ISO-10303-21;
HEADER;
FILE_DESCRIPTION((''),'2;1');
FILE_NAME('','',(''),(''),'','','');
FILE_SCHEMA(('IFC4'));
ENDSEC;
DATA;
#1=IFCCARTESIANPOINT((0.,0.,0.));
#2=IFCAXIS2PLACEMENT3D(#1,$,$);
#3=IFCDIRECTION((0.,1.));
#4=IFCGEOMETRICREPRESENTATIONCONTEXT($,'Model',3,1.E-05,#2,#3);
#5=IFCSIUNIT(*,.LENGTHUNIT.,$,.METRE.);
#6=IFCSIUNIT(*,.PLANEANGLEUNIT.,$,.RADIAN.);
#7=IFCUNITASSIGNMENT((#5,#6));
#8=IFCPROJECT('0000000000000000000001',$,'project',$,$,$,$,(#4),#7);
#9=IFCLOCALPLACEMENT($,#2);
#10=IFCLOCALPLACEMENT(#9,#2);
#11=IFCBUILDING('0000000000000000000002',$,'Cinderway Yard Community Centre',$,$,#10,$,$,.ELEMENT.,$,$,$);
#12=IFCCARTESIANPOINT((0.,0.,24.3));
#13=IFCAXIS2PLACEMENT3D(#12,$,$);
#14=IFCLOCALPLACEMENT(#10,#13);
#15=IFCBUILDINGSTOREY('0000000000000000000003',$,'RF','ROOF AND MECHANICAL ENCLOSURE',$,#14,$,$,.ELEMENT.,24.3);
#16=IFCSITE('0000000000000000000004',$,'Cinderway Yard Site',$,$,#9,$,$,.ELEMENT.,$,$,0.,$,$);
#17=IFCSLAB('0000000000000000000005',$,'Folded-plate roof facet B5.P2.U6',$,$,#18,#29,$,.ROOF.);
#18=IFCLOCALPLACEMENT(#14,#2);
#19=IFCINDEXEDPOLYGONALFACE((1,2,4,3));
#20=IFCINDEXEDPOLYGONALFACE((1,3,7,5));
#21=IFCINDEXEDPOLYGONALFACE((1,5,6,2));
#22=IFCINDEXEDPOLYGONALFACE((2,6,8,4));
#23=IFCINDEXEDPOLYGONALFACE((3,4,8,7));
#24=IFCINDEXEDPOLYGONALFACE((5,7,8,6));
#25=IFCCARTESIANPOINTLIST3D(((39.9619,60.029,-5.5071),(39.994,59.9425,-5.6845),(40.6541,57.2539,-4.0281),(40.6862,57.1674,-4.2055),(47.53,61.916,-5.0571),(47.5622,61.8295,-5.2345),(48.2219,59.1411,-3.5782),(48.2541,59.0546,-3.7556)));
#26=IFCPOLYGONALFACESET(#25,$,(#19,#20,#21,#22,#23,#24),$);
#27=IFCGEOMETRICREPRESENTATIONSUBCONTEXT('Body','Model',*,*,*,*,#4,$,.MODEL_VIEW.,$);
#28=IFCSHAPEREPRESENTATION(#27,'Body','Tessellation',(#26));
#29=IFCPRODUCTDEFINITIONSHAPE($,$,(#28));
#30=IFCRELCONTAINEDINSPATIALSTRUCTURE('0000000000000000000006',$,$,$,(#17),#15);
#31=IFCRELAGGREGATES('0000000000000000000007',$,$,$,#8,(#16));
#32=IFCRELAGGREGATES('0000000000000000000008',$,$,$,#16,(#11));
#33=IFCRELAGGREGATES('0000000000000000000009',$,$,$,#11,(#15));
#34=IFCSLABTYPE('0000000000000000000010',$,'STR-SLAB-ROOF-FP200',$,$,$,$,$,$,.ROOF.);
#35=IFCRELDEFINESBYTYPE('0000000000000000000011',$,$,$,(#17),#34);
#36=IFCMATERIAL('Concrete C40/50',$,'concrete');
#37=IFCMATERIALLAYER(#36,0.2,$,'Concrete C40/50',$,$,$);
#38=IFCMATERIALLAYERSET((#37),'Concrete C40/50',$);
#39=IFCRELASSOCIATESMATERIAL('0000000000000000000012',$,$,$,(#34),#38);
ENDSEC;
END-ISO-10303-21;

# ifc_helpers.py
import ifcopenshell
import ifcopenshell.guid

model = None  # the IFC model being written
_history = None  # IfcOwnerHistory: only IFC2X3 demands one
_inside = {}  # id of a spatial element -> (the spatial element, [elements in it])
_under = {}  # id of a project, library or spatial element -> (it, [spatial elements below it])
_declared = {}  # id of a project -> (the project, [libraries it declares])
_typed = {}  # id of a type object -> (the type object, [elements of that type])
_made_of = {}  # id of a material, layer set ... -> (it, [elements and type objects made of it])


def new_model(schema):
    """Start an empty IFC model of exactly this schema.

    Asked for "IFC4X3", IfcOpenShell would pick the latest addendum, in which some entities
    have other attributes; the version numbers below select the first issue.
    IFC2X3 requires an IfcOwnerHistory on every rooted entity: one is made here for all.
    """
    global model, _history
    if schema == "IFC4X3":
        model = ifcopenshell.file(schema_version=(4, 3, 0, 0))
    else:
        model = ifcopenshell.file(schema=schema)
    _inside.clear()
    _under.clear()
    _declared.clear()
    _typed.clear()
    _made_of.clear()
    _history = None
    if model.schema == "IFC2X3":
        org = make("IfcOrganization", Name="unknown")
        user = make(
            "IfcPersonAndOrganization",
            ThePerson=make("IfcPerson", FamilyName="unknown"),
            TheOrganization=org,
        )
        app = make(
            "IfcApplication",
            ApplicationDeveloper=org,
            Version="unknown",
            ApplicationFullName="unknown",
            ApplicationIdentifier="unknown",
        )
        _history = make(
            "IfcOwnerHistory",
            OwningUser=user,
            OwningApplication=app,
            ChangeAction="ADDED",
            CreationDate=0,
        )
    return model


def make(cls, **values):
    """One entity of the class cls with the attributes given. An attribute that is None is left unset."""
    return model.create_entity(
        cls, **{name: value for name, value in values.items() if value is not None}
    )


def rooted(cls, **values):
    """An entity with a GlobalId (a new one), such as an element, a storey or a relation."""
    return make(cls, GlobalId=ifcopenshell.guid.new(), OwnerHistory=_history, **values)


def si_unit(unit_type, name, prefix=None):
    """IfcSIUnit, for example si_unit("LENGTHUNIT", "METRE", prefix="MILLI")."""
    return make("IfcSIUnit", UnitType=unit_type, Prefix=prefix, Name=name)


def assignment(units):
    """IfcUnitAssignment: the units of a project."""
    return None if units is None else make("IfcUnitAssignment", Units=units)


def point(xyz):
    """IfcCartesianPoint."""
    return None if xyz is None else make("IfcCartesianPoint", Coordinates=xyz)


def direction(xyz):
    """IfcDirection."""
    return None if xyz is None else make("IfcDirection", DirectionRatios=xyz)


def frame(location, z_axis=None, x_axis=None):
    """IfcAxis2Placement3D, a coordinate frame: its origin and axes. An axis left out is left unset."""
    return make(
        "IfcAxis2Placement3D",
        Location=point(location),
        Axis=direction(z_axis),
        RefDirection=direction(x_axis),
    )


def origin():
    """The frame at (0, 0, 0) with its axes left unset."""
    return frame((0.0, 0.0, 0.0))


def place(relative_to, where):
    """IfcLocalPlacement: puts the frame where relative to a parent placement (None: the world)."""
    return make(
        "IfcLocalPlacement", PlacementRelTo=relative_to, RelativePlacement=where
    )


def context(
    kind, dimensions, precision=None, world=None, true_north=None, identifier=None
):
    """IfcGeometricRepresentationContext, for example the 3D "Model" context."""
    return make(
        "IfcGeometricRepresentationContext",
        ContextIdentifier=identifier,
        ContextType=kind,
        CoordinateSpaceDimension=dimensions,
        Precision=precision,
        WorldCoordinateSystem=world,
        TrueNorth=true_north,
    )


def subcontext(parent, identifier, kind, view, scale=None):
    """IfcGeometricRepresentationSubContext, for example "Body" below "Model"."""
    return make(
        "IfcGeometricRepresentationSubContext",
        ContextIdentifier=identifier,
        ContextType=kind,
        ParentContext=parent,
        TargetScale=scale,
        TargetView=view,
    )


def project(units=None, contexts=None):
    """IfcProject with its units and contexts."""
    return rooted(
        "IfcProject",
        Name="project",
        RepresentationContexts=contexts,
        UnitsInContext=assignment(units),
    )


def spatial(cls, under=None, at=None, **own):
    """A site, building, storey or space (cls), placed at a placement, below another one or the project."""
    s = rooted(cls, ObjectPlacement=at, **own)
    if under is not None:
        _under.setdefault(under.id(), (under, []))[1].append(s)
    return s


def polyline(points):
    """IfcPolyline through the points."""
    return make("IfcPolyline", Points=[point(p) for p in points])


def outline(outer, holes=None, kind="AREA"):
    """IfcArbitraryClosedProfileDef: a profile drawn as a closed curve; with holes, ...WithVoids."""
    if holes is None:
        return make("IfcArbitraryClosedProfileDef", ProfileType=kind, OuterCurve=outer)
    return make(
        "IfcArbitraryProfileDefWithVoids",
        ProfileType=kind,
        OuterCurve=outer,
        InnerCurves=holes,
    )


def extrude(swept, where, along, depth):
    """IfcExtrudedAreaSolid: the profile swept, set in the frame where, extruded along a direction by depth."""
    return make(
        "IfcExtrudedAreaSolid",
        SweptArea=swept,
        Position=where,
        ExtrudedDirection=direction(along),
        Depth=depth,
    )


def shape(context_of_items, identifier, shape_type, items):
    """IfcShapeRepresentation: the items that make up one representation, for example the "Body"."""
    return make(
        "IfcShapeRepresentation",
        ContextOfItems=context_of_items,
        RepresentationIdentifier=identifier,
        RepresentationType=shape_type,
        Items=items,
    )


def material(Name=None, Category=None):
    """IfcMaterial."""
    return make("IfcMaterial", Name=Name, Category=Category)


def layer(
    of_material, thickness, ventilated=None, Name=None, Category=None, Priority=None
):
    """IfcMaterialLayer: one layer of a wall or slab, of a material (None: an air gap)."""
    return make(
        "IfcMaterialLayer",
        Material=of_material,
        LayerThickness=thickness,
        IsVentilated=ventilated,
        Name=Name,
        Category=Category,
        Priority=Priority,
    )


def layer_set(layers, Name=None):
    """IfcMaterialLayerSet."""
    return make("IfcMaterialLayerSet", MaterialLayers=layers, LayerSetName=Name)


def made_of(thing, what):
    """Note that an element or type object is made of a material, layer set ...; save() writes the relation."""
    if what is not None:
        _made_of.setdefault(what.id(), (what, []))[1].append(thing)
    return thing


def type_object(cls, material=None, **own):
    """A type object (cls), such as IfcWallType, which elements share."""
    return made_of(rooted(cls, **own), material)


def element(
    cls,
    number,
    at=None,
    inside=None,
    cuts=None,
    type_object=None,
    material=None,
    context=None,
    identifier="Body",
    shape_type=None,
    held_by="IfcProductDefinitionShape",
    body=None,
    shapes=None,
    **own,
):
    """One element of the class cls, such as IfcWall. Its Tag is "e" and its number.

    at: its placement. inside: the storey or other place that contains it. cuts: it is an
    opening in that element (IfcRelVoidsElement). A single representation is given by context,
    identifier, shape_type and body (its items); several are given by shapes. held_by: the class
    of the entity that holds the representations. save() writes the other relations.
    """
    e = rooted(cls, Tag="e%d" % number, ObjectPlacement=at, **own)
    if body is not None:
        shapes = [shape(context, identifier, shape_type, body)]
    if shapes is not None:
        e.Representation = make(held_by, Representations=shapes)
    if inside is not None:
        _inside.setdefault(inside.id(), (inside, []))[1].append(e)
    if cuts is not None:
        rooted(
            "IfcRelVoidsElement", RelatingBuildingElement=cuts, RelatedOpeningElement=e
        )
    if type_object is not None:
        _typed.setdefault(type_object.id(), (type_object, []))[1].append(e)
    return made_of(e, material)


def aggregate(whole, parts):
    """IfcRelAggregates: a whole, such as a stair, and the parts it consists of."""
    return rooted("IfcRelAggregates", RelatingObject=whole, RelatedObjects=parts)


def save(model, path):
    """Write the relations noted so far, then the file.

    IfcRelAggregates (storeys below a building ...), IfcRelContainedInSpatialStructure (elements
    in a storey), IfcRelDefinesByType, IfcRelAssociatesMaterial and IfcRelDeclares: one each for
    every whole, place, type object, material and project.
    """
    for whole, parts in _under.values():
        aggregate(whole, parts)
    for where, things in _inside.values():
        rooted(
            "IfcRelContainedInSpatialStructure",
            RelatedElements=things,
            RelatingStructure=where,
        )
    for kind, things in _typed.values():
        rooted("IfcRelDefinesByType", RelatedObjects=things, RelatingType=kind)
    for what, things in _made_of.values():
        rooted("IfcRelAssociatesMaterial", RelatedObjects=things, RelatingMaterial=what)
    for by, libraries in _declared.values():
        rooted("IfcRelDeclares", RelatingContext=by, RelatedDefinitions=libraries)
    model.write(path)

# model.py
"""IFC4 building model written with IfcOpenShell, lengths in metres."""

from ifc_helpers import new_model, si_unit, direction, frame, origin, place, context, subcontext, project, spatial, polyline, outline, extrude, material, layer, layer_set, type_object, element, save


model = new_model("IFC4")

# Units and contexts
model_context = context("Model", 3, precision=1e-05, world=origin(), true_north=direction((0.0, 1.0)))
body_context = subcontext(model_context, "Body", "Model", "MODEL_VIEW")
ifc_project = project(units=[si_unit("LENGTHUNIT", "METRE"), si_unit("PLANEANGLEUNIT", "RADIAN")], contexts=[model_context])

# Site, building, storey
site_placement = place(None, origin())
site = spatial("IfcSite", under=ifc_project, at=site_placement, Name="Cinderway Yard Site", CompositionType="ELEMENT", RefElevation=0.0)
building_placement = place(site_placement, origin())
building = spatial("IfcBuilding", under=site, at=building_placement, Name="Cinderway Yard Community Centre", CompositionType="ELEMENT")
storey_placement = place(building_placement, frame((0.0, 0.0, 24.3)))
storey = spatial("IfcBuildingStorey", under=building, at=storey_placement, Name="RF", Description="ROOF AND MECHANICAL ENCLOSURE", CompositionType="ELEMENT", Elevation=24.3)

# Slab
ifc_material_1 = material(Name="Concrete C40/50", Category="concrete")
ifc_layer_1 = layer(ifc_material_1, 0.2, Name="Concrete C40/50")
ifc_layer_set_1 = layer_set([ifc_layer_1], Name="Concrete C40/50")
slab_type = type_object("IfcSlabType", Name="STR-SLAB-ROOF-FP200", PredefinedType="ROOF", material=ifc_layer_set_1)
slab_placement = place(storey_placement, frame((40.6541, 57.2539, -4.0281), z_axis=(-0.160644, 0.432734, 0.887094), x_axis=(0.968677, 0.241555, 0.057585)))
element("IfcSlab", 1, at=slab_placement, inside=storey, type_object=slab_type, Name="Folded-plate roof facet B5.P2.U6", PredefinedType="ROOF", context=body_context, shape_type="SweptSolid", body=[
    extrude(outline(polyline([(0.0, 0.0), (7.8126, 0.0), (7.7275, 3.2185), (-0.0853, 3.2188), (0.0, 0.0)])), origin(), (0.0, 0.0, -1.0), 0.2),
])

save(model, "model.ifc")
